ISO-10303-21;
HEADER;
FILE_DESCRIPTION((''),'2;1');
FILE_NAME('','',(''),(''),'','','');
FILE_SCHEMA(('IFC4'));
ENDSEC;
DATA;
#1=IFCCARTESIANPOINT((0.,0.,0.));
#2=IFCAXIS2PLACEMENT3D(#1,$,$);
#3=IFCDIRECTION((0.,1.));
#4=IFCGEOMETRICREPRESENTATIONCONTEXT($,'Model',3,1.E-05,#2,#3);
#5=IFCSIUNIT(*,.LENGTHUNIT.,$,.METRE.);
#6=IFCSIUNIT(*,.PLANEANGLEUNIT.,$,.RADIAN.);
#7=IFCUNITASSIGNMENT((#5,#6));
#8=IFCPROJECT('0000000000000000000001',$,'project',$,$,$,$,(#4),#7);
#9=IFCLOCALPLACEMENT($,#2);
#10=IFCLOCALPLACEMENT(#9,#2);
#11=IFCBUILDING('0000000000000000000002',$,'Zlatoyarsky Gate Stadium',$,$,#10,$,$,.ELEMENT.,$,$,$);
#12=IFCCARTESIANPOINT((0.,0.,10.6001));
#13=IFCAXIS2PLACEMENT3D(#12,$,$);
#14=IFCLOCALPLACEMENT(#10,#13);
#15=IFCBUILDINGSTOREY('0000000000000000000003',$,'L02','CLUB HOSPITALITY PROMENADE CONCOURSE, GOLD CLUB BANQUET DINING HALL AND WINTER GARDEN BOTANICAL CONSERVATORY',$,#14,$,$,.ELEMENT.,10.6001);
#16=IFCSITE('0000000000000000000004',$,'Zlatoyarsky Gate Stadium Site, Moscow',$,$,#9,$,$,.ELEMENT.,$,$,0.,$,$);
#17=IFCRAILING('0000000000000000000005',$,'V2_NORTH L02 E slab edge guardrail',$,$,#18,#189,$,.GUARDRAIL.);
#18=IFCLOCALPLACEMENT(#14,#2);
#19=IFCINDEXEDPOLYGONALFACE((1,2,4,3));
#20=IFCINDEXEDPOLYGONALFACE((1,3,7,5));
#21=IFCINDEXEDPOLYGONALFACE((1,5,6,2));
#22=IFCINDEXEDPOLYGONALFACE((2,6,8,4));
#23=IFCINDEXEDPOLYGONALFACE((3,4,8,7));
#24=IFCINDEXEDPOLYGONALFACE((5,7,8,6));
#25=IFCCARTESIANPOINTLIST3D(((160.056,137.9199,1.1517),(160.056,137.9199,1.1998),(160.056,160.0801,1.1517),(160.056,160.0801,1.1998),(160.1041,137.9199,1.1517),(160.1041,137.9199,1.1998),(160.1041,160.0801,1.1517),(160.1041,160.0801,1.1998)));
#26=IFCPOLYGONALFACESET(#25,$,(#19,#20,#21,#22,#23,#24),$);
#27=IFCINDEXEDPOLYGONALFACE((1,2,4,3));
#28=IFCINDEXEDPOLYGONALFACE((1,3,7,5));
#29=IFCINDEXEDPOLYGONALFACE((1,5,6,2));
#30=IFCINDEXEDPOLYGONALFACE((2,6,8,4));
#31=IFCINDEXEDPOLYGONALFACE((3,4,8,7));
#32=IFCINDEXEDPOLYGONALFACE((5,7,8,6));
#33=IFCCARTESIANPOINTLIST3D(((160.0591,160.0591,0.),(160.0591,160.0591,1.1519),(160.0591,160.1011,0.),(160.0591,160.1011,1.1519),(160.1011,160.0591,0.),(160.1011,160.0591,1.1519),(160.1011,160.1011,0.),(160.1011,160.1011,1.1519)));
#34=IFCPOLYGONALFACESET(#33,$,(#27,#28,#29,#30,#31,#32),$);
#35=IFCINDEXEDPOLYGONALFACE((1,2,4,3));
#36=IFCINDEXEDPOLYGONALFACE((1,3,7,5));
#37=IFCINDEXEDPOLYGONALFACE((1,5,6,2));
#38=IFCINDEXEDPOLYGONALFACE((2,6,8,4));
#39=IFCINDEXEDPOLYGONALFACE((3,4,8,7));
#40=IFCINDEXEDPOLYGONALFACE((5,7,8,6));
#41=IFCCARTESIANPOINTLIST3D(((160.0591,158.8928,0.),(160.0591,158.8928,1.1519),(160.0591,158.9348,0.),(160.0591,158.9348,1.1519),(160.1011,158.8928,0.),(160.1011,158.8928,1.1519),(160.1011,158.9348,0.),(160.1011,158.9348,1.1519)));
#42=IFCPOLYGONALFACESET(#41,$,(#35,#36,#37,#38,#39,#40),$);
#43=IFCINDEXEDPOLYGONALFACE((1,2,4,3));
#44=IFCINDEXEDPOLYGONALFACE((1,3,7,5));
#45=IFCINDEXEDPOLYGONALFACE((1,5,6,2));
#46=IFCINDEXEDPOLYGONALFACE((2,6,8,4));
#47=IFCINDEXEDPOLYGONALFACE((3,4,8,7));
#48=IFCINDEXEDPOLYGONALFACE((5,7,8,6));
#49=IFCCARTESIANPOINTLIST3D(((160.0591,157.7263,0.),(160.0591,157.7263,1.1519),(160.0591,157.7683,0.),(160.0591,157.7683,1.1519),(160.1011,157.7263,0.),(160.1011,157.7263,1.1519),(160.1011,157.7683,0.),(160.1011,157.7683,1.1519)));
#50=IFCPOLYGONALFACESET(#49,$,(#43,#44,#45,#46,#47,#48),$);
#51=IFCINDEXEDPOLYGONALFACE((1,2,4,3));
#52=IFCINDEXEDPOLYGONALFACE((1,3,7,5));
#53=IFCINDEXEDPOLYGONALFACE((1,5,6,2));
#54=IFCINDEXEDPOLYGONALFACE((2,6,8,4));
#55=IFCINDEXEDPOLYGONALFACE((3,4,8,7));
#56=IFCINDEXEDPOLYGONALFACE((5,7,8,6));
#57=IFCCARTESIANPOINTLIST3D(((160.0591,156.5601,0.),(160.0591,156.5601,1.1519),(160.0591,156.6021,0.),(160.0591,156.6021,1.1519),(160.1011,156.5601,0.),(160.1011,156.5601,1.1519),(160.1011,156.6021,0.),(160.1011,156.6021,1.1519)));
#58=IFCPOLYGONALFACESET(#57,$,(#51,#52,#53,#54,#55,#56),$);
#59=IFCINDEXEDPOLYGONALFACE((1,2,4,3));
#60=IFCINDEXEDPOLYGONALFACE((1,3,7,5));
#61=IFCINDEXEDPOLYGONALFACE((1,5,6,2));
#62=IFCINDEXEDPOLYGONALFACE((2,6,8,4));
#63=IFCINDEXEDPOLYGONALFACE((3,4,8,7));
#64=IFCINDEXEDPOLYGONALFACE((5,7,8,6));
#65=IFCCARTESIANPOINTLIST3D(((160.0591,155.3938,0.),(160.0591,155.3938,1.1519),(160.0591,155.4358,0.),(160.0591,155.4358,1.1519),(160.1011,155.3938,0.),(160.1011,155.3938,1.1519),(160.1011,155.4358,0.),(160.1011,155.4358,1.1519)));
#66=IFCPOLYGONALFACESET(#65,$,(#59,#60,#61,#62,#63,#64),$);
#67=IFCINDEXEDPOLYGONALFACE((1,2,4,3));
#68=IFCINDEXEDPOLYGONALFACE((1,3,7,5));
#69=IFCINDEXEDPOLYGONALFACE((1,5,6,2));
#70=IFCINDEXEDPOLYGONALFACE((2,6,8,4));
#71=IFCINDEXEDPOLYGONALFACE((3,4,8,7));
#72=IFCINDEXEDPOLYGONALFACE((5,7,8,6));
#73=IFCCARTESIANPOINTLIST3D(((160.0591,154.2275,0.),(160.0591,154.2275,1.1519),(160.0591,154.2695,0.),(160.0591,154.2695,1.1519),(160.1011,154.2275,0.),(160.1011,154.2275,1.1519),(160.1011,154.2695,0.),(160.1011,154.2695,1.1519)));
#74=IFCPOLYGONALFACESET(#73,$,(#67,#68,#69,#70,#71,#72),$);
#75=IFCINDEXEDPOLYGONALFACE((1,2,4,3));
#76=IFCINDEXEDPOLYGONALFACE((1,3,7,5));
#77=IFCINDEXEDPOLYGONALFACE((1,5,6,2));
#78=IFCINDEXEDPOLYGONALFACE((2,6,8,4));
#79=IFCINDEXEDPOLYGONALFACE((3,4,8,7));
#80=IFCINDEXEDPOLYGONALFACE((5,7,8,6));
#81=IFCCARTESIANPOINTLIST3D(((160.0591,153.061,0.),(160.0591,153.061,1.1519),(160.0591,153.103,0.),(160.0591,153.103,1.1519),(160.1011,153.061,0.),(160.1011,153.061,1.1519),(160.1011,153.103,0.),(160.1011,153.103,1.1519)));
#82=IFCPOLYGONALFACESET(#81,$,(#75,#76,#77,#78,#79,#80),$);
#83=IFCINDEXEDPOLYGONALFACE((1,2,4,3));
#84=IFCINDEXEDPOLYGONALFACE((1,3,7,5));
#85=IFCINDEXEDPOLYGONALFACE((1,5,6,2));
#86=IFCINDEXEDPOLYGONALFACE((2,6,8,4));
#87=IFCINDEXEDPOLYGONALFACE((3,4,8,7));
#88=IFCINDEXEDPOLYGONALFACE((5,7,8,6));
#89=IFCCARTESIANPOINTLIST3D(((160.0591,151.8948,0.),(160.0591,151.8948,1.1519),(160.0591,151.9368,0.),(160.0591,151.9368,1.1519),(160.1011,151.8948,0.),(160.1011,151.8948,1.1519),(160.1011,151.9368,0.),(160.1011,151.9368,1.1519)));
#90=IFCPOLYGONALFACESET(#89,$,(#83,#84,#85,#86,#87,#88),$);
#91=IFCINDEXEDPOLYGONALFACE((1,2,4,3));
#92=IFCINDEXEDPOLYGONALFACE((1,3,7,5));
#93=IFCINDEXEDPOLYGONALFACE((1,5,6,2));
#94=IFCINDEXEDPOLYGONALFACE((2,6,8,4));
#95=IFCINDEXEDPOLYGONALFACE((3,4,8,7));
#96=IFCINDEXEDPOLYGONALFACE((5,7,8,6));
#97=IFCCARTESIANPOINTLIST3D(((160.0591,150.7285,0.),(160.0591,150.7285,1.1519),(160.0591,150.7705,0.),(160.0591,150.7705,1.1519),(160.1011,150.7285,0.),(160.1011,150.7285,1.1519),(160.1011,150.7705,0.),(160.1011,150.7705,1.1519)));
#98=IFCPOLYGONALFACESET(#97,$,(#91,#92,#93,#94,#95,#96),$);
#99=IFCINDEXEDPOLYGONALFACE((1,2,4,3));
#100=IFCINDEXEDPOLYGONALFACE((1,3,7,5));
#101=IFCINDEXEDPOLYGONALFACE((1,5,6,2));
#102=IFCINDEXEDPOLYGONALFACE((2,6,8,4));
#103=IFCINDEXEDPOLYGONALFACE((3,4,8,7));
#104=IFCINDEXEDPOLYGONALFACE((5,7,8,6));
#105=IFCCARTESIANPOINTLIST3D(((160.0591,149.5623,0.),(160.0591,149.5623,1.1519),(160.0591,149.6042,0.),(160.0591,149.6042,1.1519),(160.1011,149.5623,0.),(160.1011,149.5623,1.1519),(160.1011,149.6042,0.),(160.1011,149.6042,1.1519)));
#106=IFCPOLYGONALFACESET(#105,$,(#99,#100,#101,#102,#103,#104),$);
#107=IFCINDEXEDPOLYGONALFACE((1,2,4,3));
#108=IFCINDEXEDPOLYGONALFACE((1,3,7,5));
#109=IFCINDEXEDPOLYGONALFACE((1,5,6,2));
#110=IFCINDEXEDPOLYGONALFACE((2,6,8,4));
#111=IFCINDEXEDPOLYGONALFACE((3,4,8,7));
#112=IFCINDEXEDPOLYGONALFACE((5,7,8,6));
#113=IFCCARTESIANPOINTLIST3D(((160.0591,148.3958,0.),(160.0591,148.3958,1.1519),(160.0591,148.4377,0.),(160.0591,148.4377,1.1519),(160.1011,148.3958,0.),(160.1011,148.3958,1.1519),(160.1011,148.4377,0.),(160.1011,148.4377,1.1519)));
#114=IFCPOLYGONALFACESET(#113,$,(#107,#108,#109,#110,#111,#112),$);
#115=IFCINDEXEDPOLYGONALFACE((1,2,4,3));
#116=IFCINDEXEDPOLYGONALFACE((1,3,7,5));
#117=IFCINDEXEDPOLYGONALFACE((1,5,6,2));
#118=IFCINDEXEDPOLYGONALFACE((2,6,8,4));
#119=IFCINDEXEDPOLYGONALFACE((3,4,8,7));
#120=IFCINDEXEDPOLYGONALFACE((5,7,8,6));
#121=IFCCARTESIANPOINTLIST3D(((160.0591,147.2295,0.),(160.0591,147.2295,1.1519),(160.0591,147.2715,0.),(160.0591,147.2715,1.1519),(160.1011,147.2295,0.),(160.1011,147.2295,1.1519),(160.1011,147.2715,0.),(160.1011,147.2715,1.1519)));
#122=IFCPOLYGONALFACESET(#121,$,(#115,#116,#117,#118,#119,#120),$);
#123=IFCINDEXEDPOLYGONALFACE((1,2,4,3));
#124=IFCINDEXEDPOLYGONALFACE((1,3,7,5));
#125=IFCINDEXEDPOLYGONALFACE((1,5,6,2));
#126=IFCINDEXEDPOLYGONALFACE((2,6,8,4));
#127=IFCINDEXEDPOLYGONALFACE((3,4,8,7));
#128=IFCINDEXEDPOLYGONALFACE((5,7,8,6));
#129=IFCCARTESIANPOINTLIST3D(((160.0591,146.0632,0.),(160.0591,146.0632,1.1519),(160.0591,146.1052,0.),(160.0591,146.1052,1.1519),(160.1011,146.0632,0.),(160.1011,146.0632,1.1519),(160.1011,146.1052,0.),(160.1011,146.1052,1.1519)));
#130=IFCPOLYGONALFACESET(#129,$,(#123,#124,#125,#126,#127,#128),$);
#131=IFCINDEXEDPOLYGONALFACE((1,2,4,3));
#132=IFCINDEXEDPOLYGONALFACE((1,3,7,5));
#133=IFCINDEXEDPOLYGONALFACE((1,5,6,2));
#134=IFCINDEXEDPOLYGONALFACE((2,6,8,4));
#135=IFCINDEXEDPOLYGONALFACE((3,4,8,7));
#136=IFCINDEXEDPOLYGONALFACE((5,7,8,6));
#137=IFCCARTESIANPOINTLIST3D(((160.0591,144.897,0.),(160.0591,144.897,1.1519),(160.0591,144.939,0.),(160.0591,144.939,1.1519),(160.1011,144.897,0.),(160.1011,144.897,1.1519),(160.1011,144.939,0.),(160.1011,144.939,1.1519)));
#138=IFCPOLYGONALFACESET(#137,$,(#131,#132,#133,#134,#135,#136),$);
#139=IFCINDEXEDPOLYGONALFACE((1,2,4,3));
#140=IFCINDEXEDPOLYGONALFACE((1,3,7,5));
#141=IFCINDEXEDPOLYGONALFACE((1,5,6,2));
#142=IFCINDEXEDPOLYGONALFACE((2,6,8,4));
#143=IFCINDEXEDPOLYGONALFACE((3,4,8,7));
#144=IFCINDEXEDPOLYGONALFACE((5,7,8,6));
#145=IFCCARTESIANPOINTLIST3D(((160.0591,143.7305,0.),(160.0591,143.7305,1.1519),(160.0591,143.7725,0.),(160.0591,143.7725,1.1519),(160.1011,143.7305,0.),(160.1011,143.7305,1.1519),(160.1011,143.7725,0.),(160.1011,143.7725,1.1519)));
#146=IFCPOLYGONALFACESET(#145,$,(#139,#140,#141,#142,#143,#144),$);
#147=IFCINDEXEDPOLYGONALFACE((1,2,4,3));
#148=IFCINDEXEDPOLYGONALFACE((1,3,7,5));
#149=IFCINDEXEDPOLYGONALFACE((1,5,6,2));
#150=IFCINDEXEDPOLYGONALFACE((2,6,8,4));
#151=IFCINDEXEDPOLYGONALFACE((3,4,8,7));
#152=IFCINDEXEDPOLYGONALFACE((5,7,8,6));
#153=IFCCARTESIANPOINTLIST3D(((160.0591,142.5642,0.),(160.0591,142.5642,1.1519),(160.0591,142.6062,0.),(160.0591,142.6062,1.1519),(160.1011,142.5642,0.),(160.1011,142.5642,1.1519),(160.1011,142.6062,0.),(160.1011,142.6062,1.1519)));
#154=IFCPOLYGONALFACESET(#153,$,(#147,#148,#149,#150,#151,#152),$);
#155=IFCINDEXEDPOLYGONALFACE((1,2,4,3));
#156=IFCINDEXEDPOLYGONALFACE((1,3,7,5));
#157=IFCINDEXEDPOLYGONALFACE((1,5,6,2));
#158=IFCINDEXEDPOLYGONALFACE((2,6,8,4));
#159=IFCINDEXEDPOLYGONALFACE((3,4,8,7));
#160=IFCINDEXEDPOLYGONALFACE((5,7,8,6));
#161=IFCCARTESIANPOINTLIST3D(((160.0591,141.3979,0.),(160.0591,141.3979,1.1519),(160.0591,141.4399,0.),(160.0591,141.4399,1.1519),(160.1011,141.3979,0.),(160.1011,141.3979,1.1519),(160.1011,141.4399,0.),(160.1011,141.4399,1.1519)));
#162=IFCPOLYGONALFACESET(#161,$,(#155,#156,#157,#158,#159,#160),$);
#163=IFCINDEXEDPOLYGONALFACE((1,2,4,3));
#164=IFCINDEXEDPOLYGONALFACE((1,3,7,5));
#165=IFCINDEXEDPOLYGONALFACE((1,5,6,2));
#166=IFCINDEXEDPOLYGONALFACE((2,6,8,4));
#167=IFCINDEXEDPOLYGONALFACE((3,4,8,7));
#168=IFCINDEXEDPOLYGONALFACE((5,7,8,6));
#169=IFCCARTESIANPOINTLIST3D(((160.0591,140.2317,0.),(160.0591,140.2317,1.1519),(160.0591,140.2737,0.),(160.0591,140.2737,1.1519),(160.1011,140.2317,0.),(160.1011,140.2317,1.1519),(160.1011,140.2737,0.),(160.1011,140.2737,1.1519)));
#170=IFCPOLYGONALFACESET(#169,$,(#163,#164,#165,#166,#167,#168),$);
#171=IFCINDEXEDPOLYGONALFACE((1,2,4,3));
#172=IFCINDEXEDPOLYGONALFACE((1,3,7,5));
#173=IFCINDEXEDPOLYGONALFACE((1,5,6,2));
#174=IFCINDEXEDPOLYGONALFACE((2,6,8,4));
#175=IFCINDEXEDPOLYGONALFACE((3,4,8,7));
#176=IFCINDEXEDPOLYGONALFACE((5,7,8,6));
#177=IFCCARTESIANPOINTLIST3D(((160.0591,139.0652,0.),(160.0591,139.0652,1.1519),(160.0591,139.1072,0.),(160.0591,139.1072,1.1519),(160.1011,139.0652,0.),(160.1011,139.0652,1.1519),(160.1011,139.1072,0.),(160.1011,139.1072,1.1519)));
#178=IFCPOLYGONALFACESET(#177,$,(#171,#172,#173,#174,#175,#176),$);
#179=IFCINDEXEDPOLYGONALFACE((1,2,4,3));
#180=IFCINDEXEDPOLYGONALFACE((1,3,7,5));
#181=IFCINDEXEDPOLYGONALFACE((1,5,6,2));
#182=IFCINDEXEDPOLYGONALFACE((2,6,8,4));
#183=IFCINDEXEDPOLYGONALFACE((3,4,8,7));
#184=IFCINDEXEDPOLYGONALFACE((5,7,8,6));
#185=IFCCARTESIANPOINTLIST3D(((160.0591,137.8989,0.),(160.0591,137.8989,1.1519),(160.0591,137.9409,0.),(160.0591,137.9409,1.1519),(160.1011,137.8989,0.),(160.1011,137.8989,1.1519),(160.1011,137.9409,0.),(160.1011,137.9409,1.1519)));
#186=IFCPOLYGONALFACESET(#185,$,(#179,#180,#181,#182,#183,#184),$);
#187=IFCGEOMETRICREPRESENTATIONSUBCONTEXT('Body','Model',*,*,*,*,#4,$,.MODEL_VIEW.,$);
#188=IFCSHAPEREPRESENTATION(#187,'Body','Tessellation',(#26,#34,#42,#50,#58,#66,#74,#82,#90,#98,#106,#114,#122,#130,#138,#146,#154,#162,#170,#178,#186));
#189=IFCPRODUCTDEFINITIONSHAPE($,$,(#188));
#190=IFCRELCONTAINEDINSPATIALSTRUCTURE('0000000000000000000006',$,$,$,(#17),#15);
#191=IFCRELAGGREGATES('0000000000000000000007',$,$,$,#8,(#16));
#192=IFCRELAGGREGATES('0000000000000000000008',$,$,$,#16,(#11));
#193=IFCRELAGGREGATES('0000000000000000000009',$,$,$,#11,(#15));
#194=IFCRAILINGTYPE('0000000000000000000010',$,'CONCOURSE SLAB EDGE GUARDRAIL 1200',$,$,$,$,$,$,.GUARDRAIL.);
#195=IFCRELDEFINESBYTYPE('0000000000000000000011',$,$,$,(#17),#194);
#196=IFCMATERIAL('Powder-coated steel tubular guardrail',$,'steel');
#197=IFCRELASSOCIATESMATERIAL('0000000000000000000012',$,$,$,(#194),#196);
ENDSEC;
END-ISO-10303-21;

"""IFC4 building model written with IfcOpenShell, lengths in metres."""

from ifc_helpers import new_model, si_unit, direction, frame, origin, origin_2d, place, context, subcontext, project, spatial, rectangle, extrude, material, type_object, element, save


model = new_model("IFC4")

# Units and contexts
model_context = context("Model", 3, precision=1e-05, world=origin(), true_north=direction((0.0, 1.0)))
body_context = subcontext(model_context, "Body", "Model", "MODEL_VIEW")
ifc_project = project(units=[si_unit("LENGTHUNIT", "METRE"), si_unit("PLANEANGLEUNIT", "RADIAN")], contexts=[model_context])

# Site, building, storey
site_placement = place(None, origin())
site = spatial("IfcSite", under=ifc_project, at=site_placement, Name="Zlatoyarsky Gate Stadium Site, Moscow", CompositionType="ELEMENT", RefElevation=0.0)
building_placement = place(site_placement, origin())
building = spatial("IfcBuilding", under=site, at=building_placement, Name="Zlatoyarsky Gate Stadium", CompositionType="ELEMENT")
storey_placement = place(building_placement, frame((0.0, 0.0, 10.6001)))
storey = spatial("IfcBuildingStorey", under=building, at=storey_placement, Name="L02", Description="CLUB HOSPITALITY PROMENADE CONCOURSE, GOLD CLUB BANQUET DINING HALL AND WINTER GARDEN BOTANICAL CONSERVATORY", CompositionType="ELEMENT", Elevation=10.6001)

# Railing
ifc_material_1 = material(Name="Powder-coated steel tubular guardrail", Category="steel")
railing_type_1 = type_object("IfcRailingType", Name="CONCOURSE SLAB EDGE GUARDRAIL 1200", PredefinedType="GUARDRAIL", material=ifc_material_1)
railing_1_placement = place(storey_placement, frame((160.0801, 160.0801, 0.0)))
element("IfcRailing", 1, at=railing_1_placement, inside=storey, type_object=railing_type_1, Name="V2_NORTH L02 E slab edge guardrail", PredefinedType="GUARDRAIL", context=body_context, shape_type="SweptSolid", body=[
    extrude(rectangle(XDim=0.0481, YDim=0.0481, at=origin_2d()), frame((0.0, 0.0, 1.1758), z_axis=(0.0, -1.0, 0.0), x_axis=(1.0, 0.0, 0.0)), (0.0, 0.0, 1.0), 22.1602),
    extrude(rectangle(XDim=0.042, YDim=0.042, at=origin_2d()), origin(), (0.0, 0.0, 1.0), 1.1519),
    extrude(rectangle(XDim=0.042, YDim=0.042, at=origin_2d()), frame((0.0, -1.1663, 0.0)), (0.0, 0.0, 1.0), 1.1519),
    extrude(rectangle(XDim=0.042, YDim=0.042, at=origin_2d()), frame((0.0, -2.3328, 0.0)), (0.0, 0.0, 1.0), 1.1519),
    extrude(rectangle(XDim=0.042, YDim=0.042, at=origin_2d()), frame((0.0, -3.499, 0.0)), (0.0, 0.0, 1.0), 1.1519),
    extrude(rectangle(XDim=0.042, YDim=0.042, at=origin_2d()), frame((0.0, -4.6653, 0.0)), (0.0, 0.0, 1.0), 1.1519),
    extrude(rectangle(XDim=0.042, YDim=0.042, at=origin_2d()), frame((0.0, -5.8315, 0.0)), (0.0, 0.0, 1.0), 1.1519),
    extrude(rectangle(XDim=0.042, YDim=0.042, at=origin_2d()), frame((0.0, -6.998, 0.0)), (0.0, 0.0, 1.0), 1.1519),
    extrude(rectangle(XDim=0.042, YDim=0.042, at=origin_2d()), frame((0.0, -8.1643, 0.0)), (0.0, 0.0, 1.0), 1.1519),
    extrude(rectangle(XDim=0.042, YDim=0.042, at=origin_2d()), frame((0.0, -9.3306, 0.0)), (0.0, 0.0, 1.0), 1.1519),
    extrude(rectangle(XDim=0.042, YDim=0.042, at=origin_2d()), frame((0.0, -10.4968, 0.0)), (0.0, 0.0, 1.0), 1.1519),
    extrude(rectangle(XDim=0.042, YDim=0.042, at=origin_2d()), frame((0.0, -11.6633, 0.0)), (0.0, 0.0, 1.0), 1.1519),
    extrude(rectangle(XDim=0.042, YDim=0.042, at=origin_2d()), frame((0.0, -12.8296, 0.0)), (0.0, 0.0, 1.0), 1.1519),
    extrude(rectangle(XDim=0.042, YDim=0.042, at=origin_2d()), frame((0.0, -13.9958, 0.0)), (0.0, 0.0, 1.0), 1.1519),
    extrude(rectangle(XDim=0.042, YDim=0.042, at=origin_2d()), frame((0.0, -15.1621, 0.0)), (0.0, 0.0, 1.0), 1.1519),
    extrude(rectangle(XDim=0.042, YDim=0.042, at=origin_2d()), frame((0.0, -16.3286, 0.0)), (0.0, 0.0, 1.0), 1.1519),
    extrude(rectangle(XDim=0.042, YDim=0.042, at=origin_2d()), frame((0.0, -17.4949, 0.0)), (0.0, 0.0, 1.0), 1.1519),
    extrude(rectangle(XDim=0.042, YDim=0.042, at=origin_2d()), frame((0.0, -18.6611, 0.0)), (0.0, 0.0, 1.0), 1.1519),
    extrude(rectangle(XDim=0.042, YDim=0.042, at=origin_2d()), frame((0.0, -19.8274, 0.0)), (0.0, 0.0, 1.0), 1.1519),
    extrude(rectangle(XDim=0.042, YDim=0.042, at=origin_2d()), frame((0.0, -20.9939, 0.0)), (0.0, 0.0, 1.0), 1.1519),
    extrude(rectangle(XDim=0.042, YDim=0.042, at=origin_2d()), frame((0.0, -22.1602, 0.0)), (0.0, 0.0, 1.0), 1.1519),
])

save(model, "model.ifc")
